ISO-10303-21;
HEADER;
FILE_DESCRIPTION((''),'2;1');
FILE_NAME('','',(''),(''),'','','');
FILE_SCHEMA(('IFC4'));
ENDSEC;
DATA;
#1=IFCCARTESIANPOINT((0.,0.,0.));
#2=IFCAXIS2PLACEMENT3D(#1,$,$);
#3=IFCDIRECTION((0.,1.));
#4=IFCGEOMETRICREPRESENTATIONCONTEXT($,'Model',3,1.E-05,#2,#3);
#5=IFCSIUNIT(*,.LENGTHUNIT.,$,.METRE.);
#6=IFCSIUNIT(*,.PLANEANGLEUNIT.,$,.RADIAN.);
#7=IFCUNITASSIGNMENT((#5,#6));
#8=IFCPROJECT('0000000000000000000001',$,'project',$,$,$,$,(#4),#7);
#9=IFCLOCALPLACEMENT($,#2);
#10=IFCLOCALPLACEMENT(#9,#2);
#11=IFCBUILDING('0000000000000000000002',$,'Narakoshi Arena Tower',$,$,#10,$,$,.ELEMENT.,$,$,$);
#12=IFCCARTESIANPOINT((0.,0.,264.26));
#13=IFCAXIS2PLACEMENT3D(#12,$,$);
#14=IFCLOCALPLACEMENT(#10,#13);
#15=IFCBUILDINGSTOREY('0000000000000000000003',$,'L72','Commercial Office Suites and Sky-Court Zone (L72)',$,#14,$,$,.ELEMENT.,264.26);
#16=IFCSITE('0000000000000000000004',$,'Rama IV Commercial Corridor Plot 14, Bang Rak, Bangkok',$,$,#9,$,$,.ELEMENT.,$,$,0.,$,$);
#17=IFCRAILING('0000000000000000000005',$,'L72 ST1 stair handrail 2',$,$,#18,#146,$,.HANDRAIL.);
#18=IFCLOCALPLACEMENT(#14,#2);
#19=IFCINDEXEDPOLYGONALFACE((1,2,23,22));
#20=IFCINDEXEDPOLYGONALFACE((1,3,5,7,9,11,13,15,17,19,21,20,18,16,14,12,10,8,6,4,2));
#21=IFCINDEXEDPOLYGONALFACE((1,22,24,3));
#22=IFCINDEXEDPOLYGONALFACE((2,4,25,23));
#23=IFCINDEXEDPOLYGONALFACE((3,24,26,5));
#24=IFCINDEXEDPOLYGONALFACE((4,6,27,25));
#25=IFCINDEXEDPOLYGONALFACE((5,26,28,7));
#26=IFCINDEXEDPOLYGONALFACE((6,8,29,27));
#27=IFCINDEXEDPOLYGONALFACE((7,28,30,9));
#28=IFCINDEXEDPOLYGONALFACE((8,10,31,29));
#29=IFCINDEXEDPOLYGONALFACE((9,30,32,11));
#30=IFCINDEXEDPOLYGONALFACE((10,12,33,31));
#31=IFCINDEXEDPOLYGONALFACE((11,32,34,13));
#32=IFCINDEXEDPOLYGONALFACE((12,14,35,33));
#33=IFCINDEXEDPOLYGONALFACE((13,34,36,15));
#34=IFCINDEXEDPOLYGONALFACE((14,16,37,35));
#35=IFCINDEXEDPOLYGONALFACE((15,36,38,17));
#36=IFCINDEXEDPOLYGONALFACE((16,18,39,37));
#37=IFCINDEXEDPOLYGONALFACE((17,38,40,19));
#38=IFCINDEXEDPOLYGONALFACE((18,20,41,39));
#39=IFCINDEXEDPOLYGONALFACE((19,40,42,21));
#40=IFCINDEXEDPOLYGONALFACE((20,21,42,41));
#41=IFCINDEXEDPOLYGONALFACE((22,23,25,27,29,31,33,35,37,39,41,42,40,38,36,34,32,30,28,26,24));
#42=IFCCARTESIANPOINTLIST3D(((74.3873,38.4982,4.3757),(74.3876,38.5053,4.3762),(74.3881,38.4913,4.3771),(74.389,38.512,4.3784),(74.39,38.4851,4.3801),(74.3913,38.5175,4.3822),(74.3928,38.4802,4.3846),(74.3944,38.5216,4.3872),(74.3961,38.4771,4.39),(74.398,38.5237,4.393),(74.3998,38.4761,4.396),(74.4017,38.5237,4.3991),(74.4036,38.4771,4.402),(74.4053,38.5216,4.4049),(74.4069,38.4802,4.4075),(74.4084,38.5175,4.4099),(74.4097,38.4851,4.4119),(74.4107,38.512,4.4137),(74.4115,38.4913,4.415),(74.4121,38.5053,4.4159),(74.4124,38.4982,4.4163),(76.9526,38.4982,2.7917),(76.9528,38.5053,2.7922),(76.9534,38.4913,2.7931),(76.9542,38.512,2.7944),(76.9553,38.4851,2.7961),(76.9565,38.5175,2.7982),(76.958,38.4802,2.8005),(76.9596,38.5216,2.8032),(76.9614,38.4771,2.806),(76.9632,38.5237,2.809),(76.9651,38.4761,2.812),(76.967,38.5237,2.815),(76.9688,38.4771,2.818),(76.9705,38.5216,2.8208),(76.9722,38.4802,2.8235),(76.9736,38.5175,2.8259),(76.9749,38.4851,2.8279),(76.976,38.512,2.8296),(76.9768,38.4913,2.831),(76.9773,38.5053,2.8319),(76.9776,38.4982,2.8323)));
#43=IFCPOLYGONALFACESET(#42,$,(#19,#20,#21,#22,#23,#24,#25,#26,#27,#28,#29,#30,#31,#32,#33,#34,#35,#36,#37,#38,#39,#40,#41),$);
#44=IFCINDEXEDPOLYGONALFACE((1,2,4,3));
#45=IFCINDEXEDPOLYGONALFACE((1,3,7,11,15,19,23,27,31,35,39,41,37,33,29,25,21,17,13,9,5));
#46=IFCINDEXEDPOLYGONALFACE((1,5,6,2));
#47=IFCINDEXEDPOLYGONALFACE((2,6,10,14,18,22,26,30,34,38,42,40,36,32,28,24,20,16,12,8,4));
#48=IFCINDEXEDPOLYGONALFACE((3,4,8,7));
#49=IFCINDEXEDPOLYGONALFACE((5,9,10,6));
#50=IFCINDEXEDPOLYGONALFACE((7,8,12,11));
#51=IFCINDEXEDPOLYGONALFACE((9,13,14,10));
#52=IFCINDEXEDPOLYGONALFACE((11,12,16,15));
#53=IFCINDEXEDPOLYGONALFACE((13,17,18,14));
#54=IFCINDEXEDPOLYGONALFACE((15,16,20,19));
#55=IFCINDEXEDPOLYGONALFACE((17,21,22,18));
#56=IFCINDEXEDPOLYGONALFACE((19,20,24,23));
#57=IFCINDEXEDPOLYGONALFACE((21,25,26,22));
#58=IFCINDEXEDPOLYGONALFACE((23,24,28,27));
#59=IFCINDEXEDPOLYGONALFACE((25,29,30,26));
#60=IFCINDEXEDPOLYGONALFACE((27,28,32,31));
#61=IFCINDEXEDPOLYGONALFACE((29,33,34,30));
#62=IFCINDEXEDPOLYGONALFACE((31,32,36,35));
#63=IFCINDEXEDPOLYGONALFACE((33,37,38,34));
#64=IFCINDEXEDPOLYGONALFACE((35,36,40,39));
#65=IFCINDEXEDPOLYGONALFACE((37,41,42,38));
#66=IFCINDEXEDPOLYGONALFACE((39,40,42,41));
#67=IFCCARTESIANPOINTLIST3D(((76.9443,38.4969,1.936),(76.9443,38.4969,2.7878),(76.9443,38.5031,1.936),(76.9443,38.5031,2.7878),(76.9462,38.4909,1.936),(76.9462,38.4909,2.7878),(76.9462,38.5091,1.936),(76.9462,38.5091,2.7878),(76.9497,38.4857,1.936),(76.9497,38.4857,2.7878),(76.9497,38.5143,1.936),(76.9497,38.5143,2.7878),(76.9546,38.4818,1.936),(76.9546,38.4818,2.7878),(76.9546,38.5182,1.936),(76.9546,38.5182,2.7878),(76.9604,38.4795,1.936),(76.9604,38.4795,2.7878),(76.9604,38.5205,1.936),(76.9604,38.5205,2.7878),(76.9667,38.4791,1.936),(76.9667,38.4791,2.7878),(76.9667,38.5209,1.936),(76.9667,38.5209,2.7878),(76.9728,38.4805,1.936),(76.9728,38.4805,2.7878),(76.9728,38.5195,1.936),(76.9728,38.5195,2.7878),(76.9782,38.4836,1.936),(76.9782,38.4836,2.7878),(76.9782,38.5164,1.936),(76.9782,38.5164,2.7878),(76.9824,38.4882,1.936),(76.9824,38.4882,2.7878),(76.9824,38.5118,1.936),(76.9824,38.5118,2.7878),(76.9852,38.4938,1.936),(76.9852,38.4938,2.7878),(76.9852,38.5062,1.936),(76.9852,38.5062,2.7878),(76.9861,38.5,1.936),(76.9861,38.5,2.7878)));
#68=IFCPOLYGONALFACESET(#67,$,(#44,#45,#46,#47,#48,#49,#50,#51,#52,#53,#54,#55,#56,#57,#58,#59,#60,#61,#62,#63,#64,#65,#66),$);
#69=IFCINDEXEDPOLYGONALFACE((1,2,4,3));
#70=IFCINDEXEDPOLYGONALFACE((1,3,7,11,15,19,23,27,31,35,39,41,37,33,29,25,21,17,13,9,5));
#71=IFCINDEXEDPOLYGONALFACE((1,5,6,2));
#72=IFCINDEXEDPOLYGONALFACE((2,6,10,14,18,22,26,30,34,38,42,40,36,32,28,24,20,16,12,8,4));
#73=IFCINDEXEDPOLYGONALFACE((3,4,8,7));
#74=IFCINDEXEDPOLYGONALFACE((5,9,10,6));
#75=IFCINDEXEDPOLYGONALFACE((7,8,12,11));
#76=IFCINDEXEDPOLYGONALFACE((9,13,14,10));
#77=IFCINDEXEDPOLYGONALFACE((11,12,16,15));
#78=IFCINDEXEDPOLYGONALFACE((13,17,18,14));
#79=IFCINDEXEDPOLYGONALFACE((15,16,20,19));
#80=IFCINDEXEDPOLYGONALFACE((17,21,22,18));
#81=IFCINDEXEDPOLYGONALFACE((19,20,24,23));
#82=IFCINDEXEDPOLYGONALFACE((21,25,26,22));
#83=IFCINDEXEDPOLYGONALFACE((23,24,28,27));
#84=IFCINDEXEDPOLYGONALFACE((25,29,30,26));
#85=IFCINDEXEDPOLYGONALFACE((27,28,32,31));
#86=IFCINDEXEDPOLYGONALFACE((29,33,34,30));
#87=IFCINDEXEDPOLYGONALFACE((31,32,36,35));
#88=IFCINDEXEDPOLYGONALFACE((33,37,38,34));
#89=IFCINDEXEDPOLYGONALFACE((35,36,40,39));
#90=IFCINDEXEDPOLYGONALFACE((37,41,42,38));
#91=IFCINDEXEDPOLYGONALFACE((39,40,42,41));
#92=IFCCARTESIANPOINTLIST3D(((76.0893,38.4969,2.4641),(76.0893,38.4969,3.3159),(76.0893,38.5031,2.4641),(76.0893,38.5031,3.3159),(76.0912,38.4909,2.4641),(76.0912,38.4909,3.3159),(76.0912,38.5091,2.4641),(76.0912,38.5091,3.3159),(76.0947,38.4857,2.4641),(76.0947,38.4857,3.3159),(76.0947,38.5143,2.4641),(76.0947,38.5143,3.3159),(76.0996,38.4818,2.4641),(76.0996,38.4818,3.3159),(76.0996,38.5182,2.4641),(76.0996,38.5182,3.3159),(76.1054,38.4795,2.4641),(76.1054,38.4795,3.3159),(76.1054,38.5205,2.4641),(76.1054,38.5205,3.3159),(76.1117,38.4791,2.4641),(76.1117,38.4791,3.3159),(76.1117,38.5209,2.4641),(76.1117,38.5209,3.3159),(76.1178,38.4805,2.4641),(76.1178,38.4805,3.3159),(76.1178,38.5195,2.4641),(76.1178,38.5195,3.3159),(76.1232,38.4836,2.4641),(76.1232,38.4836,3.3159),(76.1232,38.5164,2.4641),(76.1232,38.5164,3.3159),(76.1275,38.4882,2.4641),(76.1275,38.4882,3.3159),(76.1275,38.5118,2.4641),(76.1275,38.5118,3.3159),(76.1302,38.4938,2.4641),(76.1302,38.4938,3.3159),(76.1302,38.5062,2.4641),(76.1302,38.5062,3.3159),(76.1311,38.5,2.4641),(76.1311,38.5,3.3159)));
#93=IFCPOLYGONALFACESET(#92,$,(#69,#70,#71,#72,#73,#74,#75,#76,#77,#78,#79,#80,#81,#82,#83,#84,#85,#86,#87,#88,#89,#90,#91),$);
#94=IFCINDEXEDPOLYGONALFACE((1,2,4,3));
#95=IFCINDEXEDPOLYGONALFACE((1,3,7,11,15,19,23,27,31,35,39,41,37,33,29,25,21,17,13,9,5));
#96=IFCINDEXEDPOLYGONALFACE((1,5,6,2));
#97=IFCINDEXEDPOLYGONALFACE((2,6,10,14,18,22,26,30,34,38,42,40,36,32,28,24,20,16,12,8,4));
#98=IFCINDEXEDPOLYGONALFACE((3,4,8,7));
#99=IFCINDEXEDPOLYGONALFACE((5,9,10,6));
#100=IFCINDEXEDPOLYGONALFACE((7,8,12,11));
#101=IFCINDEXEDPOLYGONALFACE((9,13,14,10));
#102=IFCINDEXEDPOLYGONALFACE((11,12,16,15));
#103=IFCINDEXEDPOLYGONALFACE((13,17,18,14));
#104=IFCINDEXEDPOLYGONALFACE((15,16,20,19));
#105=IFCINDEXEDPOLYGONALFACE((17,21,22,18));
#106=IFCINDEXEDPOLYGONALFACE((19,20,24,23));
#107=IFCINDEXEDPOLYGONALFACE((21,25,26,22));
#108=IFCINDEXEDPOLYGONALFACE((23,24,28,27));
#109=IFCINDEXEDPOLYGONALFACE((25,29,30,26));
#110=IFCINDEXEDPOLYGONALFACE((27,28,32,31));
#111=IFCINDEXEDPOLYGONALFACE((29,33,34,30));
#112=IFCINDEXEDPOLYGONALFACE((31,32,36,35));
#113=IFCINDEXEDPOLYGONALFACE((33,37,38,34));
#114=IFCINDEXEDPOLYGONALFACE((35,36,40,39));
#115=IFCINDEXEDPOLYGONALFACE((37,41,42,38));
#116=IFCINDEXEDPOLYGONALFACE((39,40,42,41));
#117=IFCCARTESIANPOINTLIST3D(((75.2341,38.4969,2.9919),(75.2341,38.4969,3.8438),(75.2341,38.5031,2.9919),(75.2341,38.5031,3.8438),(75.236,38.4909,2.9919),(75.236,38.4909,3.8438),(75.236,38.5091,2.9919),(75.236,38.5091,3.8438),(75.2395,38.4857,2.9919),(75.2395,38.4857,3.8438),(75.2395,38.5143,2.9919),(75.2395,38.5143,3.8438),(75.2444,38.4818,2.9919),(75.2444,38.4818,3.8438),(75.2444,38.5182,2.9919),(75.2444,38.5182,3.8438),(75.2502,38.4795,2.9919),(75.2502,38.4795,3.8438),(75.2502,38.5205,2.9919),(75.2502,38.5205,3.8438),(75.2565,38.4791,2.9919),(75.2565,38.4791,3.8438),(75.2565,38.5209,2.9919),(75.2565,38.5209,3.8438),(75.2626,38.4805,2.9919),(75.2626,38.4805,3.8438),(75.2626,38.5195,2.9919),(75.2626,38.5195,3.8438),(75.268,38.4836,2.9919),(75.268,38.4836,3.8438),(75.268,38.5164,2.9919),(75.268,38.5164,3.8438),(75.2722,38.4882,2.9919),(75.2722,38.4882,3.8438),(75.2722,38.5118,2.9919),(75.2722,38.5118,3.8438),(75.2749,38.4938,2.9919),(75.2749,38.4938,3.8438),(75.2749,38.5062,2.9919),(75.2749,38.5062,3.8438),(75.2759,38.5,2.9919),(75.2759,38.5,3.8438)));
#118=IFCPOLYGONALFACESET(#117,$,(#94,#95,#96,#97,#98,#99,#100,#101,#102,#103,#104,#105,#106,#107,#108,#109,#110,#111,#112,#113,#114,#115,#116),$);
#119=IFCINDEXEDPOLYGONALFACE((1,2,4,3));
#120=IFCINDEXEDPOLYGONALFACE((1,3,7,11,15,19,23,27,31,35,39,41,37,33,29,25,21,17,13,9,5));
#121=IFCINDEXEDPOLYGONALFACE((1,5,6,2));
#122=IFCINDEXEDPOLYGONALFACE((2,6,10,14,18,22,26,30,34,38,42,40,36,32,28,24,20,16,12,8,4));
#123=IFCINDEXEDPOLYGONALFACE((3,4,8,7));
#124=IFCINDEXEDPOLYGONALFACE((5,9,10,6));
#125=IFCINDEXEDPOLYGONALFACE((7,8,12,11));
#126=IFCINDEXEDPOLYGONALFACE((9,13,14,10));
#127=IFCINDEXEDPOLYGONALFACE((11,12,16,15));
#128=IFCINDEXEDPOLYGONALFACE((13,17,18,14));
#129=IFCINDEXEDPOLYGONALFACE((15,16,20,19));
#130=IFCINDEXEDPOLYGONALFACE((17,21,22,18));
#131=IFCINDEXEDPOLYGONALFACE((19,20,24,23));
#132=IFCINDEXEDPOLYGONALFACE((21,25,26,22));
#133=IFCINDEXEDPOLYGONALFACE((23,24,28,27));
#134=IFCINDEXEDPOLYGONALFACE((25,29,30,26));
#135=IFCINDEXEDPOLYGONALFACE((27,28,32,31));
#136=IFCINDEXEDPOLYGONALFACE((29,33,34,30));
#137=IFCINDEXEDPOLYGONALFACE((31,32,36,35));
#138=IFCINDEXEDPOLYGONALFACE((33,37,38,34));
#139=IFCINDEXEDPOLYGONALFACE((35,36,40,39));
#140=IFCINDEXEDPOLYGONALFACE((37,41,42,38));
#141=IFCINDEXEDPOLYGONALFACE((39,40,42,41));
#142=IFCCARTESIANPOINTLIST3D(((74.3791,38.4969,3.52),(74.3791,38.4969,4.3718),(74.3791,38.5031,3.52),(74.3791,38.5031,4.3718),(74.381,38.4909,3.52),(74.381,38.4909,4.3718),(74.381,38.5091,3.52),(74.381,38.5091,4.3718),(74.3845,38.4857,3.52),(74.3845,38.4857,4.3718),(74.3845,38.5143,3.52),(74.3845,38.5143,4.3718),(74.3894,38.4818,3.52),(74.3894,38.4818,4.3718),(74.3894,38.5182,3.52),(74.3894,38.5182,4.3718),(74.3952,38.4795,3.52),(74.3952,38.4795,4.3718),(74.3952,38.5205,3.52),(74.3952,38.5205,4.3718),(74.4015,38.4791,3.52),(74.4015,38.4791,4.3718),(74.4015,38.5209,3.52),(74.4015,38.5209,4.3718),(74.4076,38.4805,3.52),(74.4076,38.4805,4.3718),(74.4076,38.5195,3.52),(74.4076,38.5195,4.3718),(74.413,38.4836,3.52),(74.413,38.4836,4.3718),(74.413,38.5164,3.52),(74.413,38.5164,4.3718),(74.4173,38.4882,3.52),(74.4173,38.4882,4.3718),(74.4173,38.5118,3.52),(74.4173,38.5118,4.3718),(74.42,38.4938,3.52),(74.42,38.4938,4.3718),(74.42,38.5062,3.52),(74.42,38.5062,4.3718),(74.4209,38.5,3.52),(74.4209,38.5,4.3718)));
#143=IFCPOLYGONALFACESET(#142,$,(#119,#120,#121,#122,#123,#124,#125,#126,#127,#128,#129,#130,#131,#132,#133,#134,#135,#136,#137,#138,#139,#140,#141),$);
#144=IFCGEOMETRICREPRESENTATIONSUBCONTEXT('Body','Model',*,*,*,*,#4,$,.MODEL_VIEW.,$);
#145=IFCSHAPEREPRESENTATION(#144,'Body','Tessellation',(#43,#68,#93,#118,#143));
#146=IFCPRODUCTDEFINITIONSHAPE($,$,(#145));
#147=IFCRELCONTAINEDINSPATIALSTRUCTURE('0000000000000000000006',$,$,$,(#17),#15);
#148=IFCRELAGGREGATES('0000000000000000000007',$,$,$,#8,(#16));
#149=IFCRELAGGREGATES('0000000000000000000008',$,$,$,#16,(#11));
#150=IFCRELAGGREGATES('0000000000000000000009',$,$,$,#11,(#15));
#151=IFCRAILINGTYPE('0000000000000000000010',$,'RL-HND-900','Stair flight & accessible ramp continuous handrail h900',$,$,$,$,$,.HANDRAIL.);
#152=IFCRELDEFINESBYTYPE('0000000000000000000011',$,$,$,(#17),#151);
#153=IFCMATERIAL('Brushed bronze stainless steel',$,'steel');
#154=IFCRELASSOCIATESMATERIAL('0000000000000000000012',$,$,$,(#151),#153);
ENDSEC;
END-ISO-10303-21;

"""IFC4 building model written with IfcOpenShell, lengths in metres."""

from ifc_helpers import new_model, si_unit, direction, frame, origin, origin_2d, place, context, subcontext, project, spatial, circle, extrude, material, type_object, element, save


model = new_model("IFC4")

# Units and contexts
model_context = context("Model", 3, precision=1e-05, world=origin(), true_north=direction((0.0, 1.0)))
body_context = subcontext(model_context, "Body", "Model", "MODEL_VIEW")
ifc_project = project(units=[si_unit("LENGTHUNIT", "METRE"), si_unit("PLANEANGLEUNIT", "RADIAN")], contexts=[model_context])

# Site, building, storey
site_placement = place(None, origin())
site = spatial("IfcSite", under=ifc_project, at=site_placement, Name="Rama IV Commercial Corridor Plot 14, Bang Rak, Bangkok", CompositionType="ELEMENT", RefElevation=0.0)
building_placement = place(site_placement, origin())
building = spatial("IfcBuilding", under=site, at=building_placement, Name="Narakoshi Arena Tower", CompositionType="ELEMENT")
storey_placement = place(building_placement, frame((0.0, 0.0, 264.26)))
storey = spatial("IfcBuildingStorey", under=building, at=storey_placement, Name="L72", Description="Commercial Office Suites and Sky-Court Zone (L72)", CompositionType="ELEMENT", Elevation=264.26)

# Railing
ifc_material_1 = material(Name="Brushed bronze stainless steel", Category="steel")
railing_type_1 = type_object("IfcRailingType", Name="RL-HND-900", Description="Stair flight & accessible ramp continuous handrail h900", PredefinedType="HANDRAIL", material=ifc_material_1)
railing_1_placement = place(storey_placement, frame((76.9651, 38.5, 1.936)))
element("IfcRailing", 1, at=railing_1_placement, inside=storey, type_object=railing_type_1, Name="L72 ST1 stair handrail 2", PredefinedType="HANDRAIL", context=body_context, shape_type="SweptSolid", body=[
    extrude(circle(Radius=0.0239, at=origin_2d()), frame((0.0, 0.0, 0.876), z_axis=(-0.850857, 0.0, 0.525398), x_axis=(0.0, -1.0, 0.0)), (0.0, 0.0, 1.0), 3.0149),
    extrude(circle(Radius=0.021, at=origin_2d()), origin(), (0.0, 0.0, 1.0), 0.8518),
    extrude(circle(Radius=0.021, at=origin_2d()), frame((-0.855, 0.0, 0.5281)), (0.0, 0.0, 1.0), 0.8518),
    extrude(circle(Radius=0.021, at=origin_2d()), frame((-1.7102, 0.0, 1.0559)), (0.0, 0.0, 1.0), 0.8518),
    extrude(circle(Radius=0.021, at=origin_2d()), frame((-2.5652, 0.0, 1.584)), (0.0, 0.0, 1.0), 0.8518),
])

save(model, "model.ifc")
